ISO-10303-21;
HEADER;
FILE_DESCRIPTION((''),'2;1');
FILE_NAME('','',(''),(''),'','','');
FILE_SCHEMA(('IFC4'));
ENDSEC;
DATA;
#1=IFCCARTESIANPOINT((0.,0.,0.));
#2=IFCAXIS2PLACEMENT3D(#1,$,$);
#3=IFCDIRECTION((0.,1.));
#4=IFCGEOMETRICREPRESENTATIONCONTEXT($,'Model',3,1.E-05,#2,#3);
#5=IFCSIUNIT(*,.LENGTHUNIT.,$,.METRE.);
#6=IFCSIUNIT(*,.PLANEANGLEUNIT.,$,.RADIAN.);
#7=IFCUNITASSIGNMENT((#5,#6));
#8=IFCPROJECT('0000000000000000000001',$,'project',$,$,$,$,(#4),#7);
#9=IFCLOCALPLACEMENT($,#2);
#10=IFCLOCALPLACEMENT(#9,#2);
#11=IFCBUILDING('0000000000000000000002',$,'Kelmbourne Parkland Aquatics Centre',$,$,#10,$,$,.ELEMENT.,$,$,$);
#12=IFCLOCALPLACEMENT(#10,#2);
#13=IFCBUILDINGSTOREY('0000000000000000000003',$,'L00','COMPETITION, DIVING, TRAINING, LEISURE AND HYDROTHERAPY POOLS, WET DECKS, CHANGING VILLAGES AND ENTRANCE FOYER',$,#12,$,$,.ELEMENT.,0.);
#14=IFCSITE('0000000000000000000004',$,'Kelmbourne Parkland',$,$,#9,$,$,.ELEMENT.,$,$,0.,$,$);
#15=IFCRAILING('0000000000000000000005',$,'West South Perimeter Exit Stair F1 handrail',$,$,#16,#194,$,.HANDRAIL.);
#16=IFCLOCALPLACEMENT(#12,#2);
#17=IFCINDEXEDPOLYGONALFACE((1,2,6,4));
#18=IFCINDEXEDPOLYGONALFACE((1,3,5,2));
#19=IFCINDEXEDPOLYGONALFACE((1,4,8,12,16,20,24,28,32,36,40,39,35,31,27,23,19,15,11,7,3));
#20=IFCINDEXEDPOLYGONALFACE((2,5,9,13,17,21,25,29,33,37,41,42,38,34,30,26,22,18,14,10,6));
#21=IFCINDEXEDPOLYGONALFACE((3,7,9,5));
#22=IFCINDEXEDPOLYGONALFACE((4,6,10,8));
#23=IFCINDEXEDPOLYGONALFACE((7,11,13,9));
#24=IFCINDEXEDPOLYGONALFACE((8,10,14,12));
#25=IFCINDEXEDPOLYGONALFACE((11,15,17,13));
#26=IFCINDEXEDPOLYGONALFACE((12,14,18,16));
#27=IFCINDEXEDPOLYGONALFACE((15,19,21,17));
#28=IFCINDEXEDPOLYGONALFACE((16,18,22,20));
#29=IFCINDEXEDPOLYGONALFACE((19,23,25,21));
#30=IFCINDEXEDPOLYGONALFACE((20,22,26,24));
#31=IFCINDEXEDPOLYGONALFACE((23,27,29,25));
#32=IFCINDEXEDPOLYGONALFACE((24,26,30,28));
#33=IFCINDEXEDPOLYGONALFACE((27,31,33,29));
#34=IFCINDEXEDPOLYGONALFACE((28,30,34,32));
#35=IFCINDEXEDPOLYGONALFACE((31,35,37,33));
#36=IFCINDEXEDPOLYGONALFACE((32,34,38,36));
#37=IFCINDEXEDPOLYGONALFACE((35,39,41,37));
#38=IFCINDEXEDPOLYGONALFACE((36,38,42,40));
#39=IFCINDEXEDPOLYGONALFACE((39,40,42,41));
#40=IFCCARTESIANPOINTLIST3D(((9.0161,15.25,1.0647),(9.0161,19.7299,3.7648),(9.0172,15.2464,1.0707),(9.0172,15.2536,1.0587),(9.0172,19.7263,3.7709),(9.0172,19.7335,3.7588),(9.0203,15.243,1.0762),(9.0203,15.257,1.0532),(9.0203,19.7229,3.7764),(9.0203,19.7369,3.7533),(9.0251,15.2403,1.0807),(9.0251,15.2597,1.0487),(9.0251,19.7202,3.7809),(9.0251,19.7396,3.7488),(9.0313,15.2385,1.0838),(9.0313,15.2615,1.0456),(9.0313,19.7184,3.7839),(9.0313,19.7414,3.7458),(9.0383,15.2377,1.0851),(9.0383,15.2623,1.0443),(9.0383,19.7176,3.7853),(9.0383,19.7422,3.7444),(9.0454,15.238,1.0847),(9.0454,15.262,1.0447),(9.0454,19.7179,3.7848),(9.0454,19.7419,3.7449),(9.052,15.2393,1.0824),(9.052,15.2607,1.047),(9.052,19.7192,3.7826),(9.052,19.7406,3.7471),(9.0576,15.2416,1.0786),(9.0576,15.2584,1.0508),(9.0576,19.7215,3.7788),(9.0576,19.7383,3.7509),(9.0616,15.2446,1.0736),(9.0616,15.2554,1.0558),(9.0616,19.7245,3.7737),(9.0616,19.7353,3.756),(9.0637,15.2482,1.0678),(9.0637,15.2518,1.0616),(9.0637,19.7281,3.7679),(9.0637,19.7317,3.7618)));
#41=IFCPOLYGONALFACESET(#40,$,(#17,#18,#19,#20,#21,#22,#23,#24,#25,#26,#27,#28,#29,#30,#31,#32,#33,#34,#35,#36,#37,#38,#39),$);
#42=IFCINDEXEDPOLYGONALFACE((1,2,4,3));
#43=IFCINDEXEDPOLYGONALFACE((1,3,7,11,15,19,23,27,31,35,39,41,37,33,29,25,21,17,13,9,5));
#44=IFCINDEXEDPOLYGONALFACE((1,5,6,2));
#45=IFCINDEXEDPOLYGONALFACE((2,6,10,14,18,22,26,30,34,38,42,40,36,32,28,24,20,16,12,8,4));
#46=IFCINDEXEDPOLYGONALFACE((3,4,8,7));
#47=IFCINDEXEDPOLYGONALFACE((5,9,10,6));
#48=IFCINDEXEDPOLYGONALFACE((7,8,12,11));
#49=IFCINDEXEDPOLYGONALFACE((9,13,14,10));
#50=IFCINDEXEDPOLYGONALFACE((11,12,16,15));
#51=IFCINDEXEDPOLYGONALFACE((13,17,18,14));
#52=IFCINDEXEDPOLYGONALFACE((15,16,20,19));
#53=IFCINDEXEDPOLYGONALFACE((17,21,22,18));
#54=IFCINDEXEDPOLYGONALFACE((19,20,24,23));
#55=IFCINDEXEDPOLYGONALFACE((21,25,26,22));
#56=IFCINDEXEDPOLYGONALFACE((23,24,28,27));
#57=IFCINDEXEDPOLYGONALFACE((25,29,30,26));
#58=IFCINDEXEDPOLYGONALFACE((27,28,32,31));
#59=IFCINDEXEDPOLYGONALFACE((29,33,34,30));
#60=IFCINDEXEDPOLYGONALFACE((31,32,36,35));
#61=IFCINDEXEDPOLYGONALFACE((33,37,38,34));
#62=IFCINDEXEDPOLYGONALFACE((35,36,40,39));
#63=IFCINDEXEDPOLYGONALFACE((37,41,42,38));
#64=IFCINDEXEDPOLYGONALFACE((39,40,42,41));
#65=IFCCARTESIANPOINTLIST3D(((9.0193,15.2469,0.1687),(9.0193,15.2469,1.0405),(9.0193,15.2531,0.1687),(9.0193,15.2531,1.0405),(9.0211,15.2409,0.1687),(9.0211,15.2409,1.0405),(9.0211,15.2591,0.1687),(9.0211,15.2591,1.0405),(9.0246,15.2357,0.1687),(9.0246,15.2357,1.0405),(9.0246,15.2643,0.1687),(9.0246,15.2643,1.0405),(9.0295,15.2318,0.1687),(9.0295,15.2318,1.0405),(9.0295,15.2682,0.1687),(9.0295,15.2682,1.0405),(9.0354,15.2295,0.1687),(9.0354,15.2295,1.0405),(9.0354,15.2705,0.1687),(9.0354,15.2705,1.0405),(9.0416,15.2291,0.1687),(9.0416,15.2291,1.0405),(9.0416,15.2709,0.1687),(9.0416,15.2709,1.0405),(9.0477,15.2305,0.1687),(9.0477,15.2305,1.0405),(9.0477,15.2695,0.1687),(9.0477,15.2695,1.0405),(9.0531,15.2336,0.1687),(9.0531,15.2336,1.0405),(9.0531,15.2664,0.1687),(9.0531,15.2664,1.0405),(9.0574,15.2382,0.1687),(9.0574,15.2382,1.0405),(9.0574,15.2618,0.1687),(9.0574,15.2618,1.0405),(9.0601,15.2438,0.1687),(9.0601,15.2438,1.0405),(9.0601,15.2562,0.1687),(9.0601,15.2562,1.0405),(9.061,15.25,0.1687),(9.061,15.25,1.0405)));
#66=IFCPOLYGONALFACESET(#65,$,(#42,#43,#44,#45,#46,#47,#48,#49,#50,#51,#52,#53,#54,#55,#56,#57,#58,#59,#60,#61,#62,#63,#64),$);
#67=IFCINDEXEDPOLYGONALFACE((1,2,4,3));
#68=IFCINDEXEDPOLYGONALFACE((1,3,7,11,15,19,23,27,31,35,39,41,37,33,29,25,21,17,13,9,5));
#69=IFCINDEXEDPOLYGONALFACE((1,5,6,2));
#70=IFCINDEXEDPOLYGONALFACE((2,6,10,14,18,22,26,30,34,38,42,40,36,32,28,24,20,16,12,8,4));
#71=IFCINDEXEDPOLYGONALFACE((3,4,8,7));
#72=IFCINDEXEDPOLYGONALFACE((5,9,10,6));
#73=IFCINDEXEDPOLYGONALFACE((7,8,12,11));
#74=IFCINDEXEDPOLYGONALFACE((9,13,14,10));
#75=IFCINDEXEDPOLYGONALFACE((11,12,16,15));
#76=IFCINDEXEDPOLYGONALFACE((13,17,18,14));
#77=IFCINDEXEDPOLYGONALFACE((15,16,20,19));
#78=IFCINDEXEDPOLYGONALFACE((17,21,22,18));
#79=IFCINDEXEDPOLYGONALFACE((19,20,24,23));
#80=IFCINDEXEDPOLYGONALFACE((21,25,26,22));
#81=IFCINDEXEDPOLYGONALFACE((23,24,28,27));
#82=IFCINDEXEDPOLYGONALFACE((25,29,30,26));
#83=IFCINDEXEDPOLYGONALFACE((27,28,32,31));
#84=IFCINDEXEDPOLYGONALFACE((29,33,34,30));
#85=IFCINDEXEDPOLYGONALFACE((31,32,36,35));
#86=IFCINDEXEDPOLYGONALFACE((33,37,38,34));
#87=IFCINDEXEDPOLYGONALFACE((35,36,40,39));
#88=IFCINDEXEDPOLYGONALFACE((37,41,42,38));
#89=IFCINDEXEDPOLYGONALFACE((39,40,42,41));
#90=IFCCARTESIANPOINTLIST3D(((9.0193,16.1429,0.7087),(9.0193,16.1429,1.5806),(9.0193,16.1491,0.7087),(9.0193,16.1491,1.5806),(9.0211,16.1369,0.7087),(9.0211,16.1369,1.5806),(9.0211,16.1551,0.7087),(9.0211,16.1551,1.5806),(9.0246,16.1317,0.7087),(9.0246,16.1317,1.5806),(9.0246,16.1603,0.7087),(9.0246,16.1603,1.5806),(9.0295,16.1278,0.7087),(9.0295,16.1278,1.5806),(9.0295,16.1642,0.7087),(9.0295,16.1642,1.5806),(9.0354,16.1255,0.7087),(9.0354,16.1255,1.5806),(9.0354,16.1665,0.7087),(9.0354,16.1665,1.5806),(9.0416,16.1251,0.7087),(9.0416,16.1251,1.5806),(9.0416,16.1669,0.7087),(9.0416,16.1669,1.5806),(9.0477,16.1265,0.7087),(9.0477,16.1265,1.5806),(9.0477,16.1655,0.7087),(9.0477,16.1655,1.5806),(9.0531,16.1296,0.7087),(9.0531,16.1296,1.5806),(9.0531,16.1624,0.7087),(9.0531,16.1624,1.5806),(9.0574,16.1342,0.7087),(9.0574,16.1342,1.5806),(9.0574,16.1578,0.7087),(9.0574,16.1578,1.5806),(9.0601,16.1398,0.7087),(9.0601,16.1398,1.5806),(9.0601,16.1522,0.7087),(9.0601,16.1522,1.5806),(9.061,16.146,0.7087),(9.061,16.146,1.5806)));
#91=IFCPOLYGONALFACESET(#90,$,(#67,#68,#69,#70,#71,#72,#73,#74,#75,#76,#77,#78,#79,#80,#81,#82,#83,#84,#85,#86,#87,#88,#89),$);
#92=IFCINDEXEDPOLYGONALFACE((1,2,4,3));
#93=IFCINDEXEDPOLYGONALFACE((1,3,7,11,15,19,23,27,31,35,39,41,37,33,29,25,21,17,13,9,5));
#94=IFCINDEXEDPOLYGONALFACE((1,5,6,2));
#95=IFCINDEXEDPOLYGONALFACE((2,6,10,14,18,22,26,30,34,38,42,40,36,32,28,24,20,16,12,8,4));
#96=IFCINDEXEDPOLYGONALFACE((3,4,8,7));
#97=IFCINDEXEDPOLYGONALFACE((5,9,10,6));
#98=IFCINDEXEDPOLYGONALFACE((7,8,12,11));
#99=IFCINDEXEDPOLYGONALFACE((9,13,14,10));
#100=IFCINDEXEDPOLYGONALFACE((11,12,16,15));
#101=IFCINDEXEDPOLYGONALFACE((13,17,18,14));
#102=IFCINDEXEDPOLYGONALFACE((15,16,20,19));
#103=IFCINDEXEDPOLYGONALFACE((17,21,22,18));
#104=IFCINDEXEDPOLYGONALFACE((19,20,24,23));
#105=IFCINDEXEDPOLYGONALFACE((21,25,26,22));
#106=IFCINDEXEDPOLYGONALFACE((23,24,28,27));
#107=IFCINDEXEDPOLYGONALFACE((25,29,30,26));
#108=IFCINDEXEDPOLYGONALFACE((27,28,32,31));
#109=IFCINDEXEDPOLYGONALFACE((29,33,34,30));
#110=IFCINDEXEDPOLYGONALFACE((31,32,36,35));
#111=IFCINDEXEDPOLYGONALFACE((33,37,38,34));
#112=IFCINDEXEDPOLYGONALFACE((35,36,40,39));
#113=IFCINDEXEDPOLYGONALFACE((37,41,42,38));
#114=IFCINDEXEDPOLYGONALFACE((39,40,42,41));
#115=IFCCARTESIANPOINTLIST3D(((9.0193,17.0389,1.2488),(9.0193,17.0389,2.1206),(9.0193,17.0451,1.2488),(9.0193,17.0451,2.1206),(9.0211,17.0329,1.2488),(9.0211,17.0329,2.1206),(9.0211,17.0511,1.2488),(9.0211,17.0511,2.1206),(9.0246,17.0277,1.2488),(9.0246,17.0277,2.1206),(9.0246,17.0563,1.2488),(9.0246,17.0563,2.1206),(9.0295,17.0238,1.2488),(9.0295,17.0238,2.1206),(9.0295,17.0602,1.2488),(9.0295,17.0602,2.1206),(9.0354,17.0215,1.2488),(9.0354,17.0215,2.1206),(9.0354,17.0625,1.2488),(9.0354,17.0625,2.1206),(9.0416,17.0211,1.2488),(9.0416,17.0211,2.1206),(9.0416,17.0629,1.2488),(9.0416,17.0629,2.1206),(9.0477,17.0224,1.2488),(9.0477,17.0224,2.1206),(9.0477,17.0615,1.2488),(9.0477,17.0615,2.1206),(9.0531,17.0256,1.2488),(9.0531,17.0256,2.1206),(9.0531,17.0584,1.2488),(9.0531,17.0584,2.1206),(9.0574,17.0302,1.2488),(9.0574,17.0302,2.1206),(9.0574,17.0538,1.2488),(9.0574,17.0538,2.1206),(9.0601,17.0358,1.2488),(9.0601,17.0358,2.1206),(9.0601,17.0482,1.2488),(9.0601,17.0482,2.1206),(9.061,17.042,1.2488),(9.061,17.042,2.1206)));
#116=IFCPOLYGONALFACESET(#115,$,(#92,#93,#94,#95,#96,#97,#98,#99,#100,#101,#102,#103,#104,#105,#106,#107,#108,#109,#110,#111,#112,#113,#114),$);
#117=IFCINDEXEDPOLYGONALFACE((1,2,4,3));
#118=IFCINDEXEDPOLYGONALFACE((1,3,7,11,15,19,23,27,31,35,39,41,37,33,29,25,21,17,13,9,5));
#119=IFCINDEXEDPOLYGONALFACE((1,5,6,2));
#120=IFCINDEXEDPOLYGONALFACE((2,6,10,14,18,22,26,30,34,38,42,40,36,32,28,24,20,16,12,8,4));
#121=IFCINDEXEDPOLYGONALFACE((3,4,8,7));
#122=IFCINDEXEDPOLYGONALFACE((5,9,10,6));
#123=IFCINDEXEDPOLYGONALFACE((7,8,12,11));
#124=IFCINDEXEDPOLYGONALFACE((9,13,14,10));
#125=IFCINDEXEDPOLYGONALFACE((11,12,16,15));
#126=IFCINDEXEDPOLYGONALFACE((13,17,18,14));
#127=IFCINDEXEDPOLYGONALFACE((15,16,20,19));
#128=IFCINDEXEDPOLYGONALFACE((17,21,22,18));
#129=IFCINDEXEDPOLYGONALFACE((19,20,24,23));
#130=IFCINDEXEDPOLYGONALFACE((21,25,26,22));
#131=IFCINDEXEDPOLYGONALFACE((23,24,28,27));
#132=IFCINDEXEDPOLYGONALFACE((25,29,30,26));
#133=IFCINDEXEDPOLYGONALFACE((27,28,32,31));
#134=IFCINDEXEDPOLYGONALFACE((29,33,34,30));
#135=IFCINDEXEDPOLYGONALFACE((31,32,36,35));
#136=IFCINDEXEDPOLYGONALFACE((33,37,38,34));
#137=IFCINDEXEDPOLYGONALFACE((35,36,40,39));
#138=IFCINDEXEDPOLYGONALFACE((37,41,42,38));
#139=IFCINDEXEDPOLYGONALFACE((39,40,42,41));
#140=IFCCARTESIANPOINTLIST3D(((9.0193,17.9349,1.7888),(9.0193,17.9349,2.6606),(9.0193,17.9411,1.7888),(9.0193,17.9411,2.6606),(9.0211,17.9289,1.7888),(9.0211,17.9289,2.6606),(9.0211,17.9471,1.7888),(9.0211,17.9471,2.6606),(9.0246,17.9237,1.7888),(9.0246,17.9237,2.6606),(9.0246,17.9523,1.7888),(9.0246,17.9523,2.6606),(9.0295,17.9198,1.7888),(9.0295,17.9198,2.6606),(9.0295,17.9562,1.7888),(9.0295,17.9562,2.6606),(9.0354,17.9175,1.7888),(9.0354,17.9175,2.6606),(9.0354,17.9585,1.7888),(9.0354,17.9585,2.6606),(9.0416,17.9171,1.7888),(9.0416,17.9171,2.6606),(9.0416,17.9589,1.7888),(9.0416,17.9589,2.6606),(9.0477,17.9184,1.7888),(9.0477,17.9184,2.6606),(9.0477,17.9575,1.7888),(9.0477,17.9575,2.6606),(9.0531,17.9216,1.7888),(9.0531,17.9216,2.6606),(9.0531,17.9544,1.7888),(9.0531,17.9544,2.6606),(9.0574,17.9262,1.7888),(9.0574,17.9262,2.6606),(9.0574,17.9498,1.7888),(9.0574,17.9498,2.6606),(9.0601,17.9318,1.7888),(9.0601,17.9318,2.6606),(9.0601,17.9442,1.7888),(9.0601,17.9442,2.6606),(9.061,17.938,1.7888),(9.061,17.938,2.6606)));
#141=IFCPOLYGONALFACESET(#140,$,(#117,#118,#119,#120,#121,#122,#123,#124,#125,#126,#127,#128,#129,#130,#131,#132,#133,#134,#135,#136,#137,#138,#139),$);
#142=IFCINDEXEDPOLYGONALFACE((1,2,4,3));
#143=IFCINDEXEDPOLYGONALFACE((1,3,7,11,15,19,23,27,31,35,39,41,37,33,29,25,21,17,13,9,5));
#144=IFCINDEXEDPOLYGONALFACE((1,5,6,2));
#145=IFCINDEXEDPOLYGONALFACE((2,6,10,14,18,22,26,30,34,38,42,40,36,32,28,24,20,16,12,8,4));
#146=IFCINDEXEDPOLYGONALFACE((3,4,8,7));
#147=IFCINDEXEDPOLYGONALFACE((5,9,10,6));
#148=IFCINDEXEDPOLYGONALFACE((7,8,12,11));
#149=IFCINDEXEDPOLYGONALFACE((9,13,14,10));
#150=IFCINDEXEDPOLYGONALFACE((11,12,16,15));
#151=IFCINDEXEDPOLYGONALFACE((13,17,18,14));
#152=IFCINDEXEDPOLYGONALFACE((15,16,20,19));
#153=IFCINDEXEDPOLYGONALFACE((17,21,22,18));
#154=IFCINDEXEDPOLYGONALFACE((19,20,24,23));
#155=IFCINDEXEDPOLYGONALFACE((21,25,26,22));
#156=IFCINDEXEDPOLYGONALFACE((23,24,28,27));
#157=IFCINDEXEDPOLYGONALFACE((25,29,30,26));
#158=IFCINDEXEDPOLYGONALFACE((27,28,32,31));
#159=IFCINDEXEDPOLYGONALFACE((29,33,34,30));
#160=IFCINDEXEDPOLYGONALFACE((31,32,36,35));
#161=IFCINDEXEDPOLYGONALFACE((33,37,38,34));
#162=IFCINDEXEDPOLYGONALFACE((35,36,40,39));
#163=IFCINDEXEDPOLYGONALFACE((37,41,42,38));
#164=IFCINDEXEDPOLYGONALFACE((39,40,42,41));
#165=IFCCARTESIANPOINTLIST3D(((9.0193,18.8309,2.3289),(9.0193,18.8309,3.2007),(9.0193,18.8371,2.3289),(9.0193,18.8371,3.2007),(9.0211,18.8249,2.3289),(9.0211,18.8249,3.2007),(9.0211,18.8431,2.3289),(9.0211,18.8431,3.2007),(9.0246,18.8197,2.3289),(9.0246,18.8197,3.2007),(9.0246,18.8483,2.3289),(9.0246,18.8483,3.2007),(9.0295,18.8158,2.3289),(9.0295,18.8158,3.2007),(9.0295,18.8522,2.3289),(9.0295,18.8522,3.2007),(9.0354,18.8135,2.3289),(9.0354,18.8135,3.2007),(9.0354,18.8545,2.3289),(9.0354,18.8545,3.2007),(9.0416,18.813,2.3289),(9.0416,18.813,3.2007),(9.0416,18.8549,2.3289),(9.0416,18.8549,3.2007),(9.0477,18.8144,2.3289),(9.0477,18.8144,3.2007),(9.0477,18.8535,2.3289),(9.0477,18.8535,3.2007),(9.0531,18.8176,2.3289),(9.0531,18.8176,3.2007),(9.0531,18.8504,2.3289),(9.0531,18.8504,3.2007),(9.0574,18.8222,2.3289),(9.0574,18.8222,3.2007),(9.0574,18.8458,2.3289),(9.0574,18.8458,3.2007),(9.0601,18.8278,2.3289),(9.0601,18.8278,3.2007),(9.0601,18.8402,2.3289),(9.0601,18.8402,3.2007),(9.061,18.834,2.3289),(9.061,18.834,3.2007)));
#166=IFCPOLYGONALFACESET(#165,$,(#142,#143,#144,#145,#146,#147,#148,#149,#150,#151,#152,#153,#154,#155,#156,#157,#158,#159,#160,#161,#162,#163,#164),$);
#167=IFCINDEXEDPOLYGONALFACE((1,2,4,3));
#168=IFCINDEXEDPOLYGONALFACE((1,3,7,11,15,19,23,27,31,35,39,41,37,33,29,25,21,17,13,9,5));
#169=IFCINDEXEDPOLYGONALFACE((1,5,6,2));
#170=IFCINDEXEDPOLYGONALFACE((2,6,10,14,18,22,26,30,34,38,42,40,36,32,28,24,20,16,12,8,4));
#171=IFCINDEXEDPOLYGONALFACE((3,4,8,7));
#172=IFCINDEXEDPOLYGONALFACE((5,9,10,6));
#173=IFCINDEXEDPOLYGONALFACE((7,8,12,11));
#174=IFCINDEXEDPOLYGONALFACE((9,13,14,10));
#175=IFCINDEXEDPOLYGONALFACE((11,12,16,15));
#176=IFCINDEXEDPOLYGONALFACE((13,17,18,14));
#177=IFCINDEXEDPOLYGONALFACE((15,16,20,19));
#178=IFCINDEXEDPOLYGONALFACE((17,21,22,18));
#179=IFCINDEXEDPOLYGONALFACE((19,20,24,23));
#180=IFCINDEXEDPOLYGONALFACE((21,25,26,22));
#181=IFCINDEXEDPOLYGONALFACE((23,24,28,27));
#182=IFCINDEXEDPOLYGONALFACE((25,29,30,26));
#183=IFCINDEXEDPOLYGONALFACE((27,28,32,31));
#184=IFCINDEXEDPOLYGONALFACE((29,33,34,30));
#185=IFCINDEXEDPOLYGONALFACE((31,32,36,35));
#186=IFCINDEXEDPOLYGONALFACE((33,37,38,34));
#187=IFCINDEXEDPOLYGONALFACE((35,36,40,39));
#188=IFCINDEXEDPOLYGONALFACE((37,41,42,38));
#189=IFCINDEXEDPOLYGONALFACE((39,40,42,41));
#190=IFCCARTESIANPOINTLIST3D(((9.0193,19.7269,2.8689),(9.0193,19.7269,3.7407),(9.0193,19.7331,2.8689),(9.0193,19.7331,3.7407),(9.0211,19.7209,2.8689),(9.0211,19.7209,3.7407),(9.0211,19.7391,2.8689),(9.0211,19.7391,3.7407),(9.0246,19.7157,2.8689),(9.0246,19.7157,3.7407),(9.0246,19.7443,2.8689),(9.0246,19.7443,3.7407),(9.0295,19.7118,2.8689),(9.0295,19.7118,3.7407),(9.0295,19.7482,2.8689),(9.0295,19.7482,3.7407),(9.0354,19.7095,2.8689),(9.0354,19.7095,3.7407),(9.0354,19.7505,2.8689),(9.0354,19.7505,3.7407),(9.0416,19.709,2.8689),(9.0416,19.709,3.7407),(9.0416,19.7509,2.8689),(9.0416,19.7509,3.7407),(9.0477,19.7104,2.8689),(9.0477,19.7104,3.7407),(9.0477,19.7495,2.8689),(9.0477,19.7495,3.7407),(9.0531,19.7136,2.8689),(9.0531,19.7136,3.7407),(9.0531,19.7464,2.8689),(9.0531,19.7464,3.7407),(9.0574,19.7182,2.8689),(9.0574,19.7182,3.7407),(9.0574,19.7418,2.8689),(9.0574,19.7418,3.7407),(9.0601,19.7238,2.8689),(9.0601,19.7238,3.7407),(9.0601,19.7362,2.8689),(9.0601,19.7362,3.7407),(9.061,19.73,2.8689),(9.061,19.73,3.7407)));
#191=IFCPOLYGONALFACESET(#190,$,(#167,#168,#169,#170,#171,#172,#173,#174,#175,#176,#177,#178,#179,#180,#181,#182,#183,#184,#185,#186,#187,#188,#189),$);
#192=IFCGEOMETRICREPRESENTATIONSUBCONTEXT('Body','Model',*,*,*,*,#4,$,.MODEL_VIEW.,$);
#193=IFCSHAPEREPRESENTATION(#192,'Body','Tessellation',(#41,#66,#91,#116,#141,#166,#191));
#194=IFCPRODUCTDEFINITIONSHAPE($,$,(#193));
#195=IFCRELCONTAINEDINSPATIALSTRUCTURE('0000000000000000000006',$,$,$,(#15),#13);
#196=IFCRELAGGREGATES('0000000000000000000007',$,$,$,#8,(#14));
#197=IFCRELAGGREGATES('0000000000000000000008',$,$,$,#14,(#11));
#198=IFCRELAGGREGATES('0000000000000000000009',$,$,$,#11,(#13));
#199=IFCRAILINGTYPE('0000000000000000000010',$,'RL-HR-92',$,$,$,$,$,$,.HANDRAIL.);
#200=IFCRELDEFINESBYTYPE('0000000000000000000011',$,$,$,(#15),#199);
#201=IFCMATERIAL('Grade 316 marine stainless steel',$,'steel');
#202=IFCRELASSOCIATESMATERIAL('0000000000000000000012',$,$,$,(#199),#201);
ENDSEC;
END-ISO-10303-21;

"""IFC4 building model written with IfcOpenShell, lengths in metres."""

from ifc_helpers import new_model, si_unit, direction, frame, origin, origin_2d, place, context, subcontext, project, spatial, circle, extrude, material, type_object, element, save


model = new_model("IFC4")

# Units and contexts
model_context = context("Model", 3, precision=1e-05, world=origin(), true_north=direction((0.0, 1.0)))
body_context = subcontext(model_context, "Body", "Model", "MODEL_VIEW")
ifc_project = project(units=[si_unit("LENGTHUNIT", "METRE"), si_unit("PLANEANGLEUNIT", "RADIAN")], contexts=[model_context])

# Site, building, storey
site_placement = place(None, origin())
site = spatial("IfcSite", under=ifc_project, at=site_placement, Name="Kelmbourne Parkland", CompositionType="ELEMENT", RefElevation=0.0)
building_placement = place(site_placement, origin())
building = spatial("IfcBuilding", under=site, at=building_placement, Name="Kelmbourne Parkland Aquatics Centre", CompositionType="ELEMENT")
storey_placement = place(building_placement, origin())
storey = spatial("IfcBuildingStorey", under=building, at=storey_placement, Name="L00", Description="COMPETITION, DIVING, TRAINING, LEISURE AND HYDROTHERAPY POOLS, WET DECKS, CHANGING VILLAGES AND ENTRANCE FOYER", CompositionType="ELEMENT", Elevation=0.0)

# Railing
ifc_material_1 = material(Name="Grade 316 marine stainless steel", Category="steel")
railing_type_1 = type_object("IfcRailingType", Name="RL-HR-92", PredefinedType="HANDRAIL", material=ifc_material_1)
railing_1_placement = place(storey_placement, frame((9.04, 15.25, 0.1687)))
element("IfcRailing", 1, at=railing_1_placement, inside=storey, type_object=railing_type_1, Name="West South Perimeter Exit Stair F1 handrail", PredefinedType="HANDRAIL", context=body_context, shape_type="SweptSolid", body=[
    extrude(circle(Radius=0.0239, at=origin_2d()), frame((0.0, 0.0, 0.896), z_axis=(0.0, 0.856462, 0.516211), x_axis=(-1.0, 0.0, 0.0)), (0.0, 0.0, 1.0), 5.2307),
    extrude(circle(Radius=0.021, at=origin_2d()), origin(), (0.0, 0.0, 1.0), 0.8718),
    extrude(circle(Radius=0.021, at=origin_2d()), frame((0.0, 0.896, 0.54)), (0.0, 0.0, 1.0), 0.8718),
    extrude(circle(Radius=0.021, at=origin_2d()), frame((0.0, 1.792, 1.0801)), (0.0, 0.0, 1.0), 0.8718),
    extrude(circle(Radius=0.021, at=origin_2d()), frame((0.0, 2.688, 1.6201)), (0.0, 0.0, 1.0), 0.8718),
    extrude(circle(Radius=0.021, at=origin_2d()), frame((0.0, 3.584, 2.1602)), (0.0, 0.0, 1.0), 0.8718),
    extrude(circle(Radius=0.021, at=origin_2d()), frame((0.0, 4.48, 2.7002)), (0.0, 0.0, 1.0), 0.8718),
])

save(model, "model.ifc")
